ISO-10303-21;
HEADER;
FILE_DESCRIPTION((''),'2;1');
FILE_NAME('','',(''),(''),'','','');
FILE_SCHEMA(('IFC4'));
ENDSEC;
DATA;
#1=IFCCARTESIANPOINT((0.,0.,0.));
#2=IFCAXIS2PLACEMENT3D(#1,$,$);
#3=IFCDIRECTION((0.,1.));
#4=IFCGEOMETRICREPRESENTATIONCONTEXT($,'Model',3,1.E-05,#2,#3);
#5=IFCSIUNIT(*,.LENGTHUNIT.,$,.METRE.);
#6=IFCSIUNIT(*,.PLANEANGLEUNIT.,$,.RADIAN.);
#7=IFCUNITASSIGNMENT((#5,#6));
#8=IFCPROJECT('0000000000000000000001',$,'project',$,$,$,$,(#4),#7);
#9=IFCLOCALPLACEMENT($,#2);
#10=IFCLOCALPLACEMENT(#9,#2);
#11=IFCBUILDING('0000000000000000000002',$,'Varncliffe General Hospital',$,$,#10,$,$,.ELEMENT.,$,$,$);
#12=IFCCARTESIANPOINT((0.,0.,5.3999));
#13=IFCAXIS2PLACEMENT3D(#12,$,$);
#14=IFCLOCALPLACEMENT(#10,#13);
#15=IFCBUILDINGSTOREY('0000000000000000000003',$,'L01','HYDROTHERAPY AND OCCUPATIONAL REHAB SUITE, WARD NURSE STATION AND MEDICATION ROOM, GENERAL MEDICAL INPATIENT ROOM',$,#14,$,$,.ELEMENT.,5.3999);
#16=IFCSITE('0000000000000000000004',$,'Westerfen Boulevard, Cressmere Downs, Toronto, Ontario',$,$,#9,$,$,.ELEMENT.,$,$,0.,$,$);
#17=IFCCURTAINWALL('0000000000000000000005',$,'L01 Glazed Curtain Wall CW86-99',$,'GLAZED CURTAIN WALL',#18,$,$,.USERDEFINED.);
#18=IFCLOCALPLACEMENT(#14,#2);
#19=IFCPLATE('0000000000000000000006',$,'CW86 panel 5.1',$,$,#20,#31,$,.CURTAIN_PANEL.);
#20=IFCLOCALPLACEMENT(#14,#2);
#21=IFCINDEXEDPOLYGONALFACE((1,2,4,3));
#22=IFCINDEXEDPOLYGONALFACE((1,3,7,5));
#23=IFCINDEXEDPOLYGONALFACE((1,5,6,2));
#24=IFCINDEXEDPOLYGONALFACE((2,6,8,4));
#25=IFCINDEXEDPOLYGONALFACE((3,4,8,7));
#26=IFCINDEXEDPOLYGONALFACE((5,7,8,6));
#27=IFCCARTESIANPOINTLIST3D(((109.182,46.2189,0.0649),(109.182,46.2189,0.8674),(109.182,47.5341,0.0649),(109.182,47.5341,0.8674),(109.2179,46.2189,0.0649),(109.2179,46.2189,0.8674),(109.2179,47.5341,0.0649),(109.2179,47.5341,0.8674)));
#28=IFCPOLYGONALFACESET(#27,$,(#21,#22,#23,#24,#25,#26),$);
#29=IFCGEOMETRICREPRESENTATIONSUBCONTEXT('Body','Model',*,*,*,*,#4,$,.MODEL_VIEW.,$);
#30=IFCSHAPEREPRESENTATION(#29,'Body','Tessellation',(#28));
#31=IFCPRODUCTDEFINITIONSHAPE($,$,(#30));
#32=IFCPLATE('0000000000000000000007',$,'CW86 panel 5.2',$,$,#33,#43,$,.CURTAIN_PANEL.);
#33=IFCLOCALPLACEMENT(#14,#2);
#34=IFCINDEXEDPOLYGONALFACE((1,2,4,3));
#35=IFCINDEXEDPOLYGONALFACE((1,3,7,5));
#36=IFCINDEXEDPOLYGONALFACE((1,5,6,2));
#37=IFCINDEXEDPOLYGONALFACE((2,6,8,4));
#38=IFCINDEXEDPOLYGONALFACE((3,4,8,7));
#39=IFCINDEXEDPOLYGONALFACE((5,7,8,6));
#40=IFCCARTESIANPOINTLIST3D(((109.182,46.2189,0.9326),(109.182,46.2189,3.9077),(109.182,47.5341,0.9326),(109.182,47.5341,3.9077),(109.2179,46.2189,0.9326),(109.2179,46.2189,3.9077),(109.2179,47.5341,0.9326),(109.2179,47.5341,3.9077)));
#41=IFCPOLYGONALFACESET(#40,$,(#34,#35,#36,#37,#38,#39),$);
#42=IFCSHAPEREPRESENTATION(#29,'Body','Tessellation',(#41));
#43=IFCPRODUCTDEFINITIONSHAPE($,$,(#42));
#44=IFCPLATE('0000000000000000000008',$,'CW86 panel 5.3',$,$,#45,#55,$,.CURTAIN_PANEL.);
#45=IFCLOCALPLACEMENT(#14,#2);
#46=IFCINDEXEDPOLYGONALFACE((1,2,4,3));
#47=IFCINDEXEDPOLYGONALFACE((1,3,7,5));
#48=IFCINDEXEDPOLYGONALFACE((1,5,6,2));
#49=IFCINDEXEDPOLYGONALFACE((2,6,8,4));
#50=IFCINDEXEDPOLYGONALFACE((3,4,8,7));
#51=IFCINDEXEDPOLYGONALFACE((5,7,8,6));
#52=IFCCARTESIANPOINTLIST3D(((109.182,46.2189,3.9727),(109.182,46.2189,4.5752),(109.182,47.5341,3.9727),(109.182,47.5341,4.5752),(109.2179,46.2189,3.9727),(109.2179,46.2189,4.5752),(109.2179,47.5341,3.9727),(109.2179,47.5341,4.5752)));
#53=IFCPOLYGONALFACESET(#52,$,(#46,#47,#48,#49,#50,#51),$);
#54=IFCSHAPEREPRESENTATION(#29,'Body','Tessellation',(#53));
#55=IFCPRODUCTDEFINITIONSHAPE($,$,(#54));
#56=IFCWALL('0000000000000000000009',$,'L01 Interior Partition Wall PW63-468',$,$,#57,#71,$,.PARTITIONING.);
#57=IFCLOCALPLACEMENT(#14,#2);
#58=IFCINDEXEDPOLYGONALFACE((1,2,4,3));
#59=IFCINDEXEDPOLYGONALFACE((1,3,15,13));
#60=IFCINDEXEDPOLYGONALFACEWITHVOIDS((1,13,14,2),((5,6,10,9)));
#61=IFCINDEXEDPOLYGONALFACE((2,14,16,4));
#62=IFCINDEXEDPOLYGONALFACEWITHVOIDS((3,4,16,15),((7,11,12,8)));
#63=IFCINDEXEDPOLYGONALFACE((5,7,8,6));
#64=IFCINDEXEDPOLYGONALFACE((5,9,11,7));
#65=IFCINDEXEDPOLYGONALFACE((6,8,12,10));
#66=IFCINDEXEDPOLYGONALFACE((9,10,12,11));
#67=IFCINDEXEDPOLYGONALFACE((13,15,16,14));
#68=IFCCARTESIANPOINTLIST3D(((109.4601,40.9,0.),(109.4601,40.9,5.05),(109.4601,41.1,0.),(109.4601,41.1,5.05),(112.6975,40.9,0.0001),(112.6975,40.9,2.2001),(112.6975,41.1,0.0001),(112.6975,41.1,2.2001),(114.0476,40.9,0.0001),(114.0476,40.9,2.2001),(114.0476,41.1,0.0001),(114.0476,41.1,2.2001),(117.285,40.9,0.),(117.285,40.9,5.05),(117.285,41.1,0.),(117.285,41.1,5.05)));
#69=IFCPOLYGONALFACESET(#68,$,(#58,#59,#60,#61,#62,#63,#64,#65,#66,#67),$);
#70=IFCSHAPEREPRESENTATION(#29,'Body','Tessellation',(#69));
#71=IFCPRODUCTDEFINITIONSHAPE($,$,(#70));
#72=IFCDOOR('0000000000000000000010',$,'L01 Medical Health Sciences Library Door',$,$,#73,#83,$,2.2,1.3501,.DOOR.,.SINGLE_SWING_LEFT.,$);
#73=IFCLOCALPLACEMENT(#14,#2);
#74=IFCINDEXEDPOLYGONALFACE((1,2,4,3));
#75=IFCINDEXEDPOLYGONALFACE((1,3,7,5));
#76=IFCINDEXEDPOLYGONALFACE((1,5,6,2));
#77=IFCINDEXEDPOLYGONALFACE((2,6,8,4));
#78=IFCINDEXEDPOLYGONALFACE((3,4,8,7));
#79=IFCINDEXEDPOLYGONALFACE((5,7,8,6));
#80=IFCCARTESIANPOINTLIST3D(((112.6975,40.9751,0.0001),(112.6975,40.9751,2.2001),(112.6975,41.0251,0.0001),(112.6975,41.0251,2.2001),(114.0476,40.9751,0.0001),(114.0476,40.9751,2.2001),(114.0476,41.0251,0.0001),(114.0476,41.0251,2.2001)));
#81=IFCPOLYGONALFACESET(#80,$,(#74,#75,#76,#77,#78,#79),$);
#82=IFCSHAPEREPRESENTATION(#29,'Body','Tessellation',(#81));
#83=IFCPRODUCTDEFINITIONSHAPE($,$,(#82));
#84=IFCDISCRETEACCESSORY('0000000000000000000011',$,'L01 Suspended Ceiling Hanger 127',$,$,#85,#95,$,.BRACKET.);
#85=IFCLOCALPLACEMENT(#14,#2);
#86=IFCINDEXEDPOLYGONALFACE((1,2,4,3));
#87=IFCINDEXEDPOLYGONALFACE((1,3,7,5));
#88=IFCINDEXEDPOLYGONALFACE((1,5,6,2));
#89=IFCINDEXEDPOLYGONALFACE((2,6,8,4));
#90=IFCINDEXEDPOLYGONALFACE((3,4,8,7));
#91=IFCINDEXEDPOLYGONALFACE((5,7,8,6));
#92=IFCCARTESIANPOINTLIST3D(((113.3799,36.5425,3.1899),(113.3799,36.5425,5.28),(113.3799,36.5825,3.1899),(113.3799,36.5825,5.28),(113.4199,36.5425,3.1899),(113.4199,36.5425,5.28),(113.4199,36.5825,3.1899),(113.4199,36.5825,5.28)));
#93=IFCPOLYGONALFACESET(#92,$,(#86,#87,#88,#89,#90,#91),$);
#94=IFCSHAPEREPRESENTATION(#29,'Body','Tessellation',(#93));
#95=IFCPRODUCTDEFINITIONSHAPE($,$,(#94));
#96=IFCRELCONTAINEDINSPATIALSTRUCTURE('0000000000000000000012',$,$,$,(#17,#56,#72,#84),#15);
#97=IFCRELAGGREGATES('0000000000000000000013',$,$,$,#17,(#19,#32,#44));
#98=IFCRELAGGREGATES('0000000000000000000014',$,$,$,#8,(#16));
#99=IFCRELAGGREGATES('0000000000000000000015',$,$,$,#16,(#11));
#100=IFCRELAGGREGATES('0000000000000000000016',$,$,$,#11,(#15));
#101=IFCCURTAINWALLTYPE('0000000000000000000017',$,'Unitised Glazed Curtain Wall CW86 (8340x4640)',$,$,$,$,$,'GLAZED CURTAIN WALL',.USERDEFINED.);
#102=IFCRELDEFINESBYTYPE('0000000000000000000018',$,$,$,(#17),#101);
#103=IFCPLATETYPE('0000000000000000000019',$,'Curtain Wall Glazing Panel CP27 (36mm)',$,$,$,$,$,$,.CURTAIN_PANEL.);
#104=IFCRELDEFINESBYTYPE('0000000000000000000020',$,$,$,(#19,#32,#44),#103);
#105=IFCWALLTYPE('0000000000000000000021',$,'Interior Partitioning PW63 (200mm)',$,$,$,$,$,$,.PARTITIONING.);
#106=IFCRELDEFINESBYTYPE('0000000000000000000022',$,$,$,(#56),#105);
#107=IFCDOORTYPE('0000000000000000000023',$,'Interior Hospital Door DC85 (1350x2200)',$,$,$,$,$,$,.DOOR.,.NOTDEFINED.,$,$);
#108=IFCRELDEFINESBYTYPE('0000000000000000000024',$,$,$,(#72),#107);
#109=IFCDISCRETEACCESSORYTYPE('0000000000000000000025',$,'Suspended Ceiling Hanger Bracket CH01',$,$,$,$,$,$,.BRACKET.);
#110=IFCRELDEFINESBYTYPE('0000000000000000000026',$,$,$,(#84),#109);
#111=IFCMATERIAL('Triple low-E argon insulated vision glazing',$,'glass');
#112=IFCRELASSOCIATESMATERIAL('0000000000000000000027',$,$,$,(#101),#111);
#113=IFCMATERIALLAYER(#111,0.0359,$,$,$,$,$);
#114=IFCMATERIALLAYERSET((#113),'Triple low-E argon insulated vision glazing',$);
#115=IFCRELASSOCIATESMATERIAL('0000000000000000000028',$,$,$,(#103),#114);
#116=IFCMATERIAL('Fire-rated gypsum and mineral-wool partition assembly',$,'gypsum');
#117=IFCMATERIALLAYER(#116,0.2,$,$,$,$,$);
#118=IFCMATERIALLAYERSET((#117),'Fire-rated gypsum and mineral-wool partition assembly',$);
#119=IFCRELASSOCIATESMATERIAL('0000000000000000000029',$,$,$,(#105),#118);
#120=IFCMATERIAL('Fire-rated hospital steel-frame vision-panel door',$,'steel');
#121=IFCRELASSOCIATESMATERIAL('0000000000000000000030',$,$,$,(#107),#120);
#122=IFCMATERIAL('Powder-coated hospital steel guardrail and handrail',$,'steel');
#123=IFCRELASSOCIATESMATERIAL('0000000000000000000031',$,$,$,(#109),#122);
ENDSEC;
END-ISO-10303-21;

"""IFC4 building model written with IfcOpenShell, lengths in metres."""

from ifc_helpers import new_model, si_unit, direction, frame, frame_2d, origin, origin_2d, place, context, subcontext, project, spatial, rectangle, extrude, material, layer, layer_set, type_object, element, fill, aggregate, save


model = new_model("IFC4")

# Units and contexts
model_context = context("Model", 3, precision=1e-05, world=origin(), true_north=direction((0.0, 1.0)))
body_context = subcontext(model_context, "Body", "Model", "MODEL_VIEW")
ifc_project = project(units=[si_unit("LENGTHUNIT", "METRE"), si_unit("PLANEANGLEUNIT", "RADIAN")], contexts=[model_context])

# Site, building, storey
site_placement = place(None, origin())
site = spatial("IfcSite", under=ifc_project, at=site_placement, Name="Westerfen Boulevard, Cressmere Downs, Toronto, Ontario", CompositionType="ELEMENT", RefElevation=0.0)
building_placement = place(site_placement, origin())
building = spatial("IfcBuilding", under=site, at=building_placement, Name="Varncliffe General Hospital", CompositionType="ELEMENT")
storey_placement = place(building_placement, frame((0.0, 0.0, 5.3999)))
storey = spatial("IfcBuildingStorey", under=building, at=storey_placement, Name="L01", Description="HYDROTHERAPY AND OCCUPATIONAL REHAB SUITE, WARD NURSE STATION AND MEDICATION ROOM, GENERAL MEDICAL INPATIENT ROOM", CompositionType="ELEMENT", Elevation=5.3999)

# Curtain wall, plates
ifc_material_1 = material(Name="Triple low-E argon insulated vision glazing", Category="glass")
curtain_wall_type = type_object("IfcCurtainWallType", Name="Unitised Glazed Curtain Wall CW86 (8340x4640)", ElementType="GLAZED CURTAIN WALL", PredefinedType="USERDEFINED", material=ifc_material_1)
curtain_wall_placement = place(storey_placement, origin())
curtain_wall = element("IfcCurtainWall", 1, at=curtain_wall_placement, inside=storey, type_object=curtain_wall_type, Name="L01 Glazed Curtain Wall CW86-99", ObjectType="GLAZED CURTAIN WALL", PredefinedType="USERDEFINED")
ifc_layer_1 = layer(ifc_material_1, 0.0359)
ifc_layer_set_1 = layer_set([ifc_layer_1], Name="Triple low-E argon insulated vision glazing")
plate_type = type_object("IfcPlateType", Name="Curtain Wall Glazing Panel CP27 (36mm)", PredefinedType="CURTAIN_PANEL", material=ifc_layer_set_1)
plate_1_placement = place(storey_placement, frame((109.2, 46.8765, 0.0649), z_axis=(0.0, 0.0, 1.0), x_axis=(0.0, 1.0, 0.0)))
plate_1 = element("IfcPlate", 2, at=plate_1_placement, type_object=plate_type, Name="CW86 panel 5.1", PredefinedType="CURTAIN_PANEL", context=body_context, shape_type="SweptSolid", body=[
    extrude(rectangle(XDim=1.3152, YDim=0.0359, at=origin_2d()), origin(), (0.0, 0.0, 1.0), 0.8025),
])
plate_2_placement = place(storey_placement, frame((109.2, 46.8765, 0.9326), z_axis=(0.0, 0.0, 1.0), x_axis=(0.0, 1.0, 0.0)))
plate_2 = element("IfcPlate", 3, at=plate_2_placement, type_object=plate_type, Name="CW86 panel 5.2", PredefinedType="CURTAIN_PANEL", context=body_context, shape_type="SweptSolid", body=[
    extrude(rectangle(XDim=1.3152, YDim=0.0359, at=origin_2d()), origin(), (0.0, 0.0, 1.0), 2.9751),
])
plate_3_placement = place(storey_placement, frame((109.2, 46.8765, 3.9727), z_axis=(0.0, 0.0, 1.0), x_axis=(0.0, 1.0, 0.0)))
plate_3 = element("IfcPlate", 4, at=plate_3_placement, type_object=plate_type, Name="CW86 panel 5.3", PredefinedType="CURTAIN_PANEL", context=body_context, shape_type="SweptSolid", body=[
    extrude(rectangle(XDim=1.3152, YDim=0.0359, at=origin_2d()), origin(), (0.0, 0.0, 1.0), 0.6025),
])
aggregate(curtain_wall, [plate_1, plate_2, plate_3])

# Wall, opening, door
ifc_material_2 = material(Name="Fire-rated gypsum and mineral-wool partition assembly", Category="gypsum")
ifc_layer_2 = layer(ifc_material_2, 0.2)
ifc_layer_set_2 = layer_set([ifc_layer_2], Name="Fire-rated gypsum and mineral-wool partition assembly")
wall_type = type_object("IfcWallType", Name="Interior Partitioning PW63 (200mm)", PredefinedType="PARTITIONING", material=ifc_layer_set_2)
wall_placement = place(storey_placement, frame((109.46, 41.0, 0.0), z_axis=(0.0, 0.0, 1.0), x_axis=(1.0, 0.0, 0.0)))
wall = element("IfcWall", 5, at=wall_placement, inside=storey, type_object=wall_type, Name="L01 Interior Partition Wall PW63-468", PredefinedType="PARTITIONING", context=body_context, shape_type="SweptSolid", body=[
    extrude(rectangle(XDim=7.825, YDim=0.2, at=frame_2d((3.9126, 0.0))), origin(), (0.0, 0.0, 1.0), 5.05),
])
opening_placement = place(wall_placement, frame((3.2375, 0.0, 0.0)))
opening = element("IfcOpeningElement", 6, at=opening_placement, cuts=wall, PredefinedType="OPENING", context=body_context, shape_type="SweptSolid", body=[
    extrude(rectangle(XDim=1.3501, YDim=2.2, at=frame_2d((0.675, 1.1001))), frame((0.0, 0.1099, 0.0), z_axis=(0.0, -1.0, 0.0), x_axis=(1.0, 0.0, 0.0)), (0.0, 0.0, 1.0), 0.22),
])
ifc_material_3 = material(Name="Fire-rated hospital steel-frame vision-panel door", Category="steel")
door_type = type_object("IfcDoorType", Name="Interior Hospital Door DC85 (1350x2200)", OperationType="NOTDEFINED", PredefinedType="DOOR", material=ifc_material_3)
door_placement = place(opening_placement, frame((1.3501, 0.0, 0.0), z_axis=(0.0, 0.0, 1.0), x_axis=(-1.0, 0.0, 0.0)))
door = element("IfcDoor", 7, at=door_placement, inside=storey, type_object=door_type, Name="L01 Medical Health Sciences Library Door", OperationType="SINGLE_SWING_LEFT", OverallHeight=2.2, OverallWidth=1.3501, PredefinedType="DOOR", context=body_context, shape_type="SweptSolid", body=[
    extrude(rectangle(XDim=1.3501, YDim=2.2, at=frame_2d((0.675, 1.1001))), frame((0.0, 0.0249, 0.0), z_axis=(0.0, -1.0, 0.0), x_axis=(1.0, 0.0, 0.0)), (0.0, 0.0, 1.0), 0.05),
])
fill(opening, door)

# Discrete accessory
ifc_material_4 = material(Name="Powder-coated hospital steel guardrail and handrail", Category="steel")
discrete_accessory_type = type_object("IfcDiscreteAccessoryType", Name="Suspended Ceiling Hanger Bracket CH01", PredefinedType="BRACKET", material=ifc_material_4)
discrete_accessory_placement = place(storey_placement, frame((113.3999, 36.5625, 3.1899), z_axis=(0.0, 0.0, 1.0), x_axis=(1.0, 0.0, 0.0)))
element("IfcDiscreteAccessory", 8, at=discrete_accessory_placement, inside=storey, type_object=discrete_accessory_type, Name="L01 Suspended Ceiling Hanger 127", PredefinedType="BRACKET", context=body_context, shape_type="SweptSolid", body=[
    extrude(rectangle(XDim=0.04, YDim=0.04, at=origin_2d()), origin(), (0.0, 0.0, 1.0), 2.0901),
])

save(model, "model.ifc")
